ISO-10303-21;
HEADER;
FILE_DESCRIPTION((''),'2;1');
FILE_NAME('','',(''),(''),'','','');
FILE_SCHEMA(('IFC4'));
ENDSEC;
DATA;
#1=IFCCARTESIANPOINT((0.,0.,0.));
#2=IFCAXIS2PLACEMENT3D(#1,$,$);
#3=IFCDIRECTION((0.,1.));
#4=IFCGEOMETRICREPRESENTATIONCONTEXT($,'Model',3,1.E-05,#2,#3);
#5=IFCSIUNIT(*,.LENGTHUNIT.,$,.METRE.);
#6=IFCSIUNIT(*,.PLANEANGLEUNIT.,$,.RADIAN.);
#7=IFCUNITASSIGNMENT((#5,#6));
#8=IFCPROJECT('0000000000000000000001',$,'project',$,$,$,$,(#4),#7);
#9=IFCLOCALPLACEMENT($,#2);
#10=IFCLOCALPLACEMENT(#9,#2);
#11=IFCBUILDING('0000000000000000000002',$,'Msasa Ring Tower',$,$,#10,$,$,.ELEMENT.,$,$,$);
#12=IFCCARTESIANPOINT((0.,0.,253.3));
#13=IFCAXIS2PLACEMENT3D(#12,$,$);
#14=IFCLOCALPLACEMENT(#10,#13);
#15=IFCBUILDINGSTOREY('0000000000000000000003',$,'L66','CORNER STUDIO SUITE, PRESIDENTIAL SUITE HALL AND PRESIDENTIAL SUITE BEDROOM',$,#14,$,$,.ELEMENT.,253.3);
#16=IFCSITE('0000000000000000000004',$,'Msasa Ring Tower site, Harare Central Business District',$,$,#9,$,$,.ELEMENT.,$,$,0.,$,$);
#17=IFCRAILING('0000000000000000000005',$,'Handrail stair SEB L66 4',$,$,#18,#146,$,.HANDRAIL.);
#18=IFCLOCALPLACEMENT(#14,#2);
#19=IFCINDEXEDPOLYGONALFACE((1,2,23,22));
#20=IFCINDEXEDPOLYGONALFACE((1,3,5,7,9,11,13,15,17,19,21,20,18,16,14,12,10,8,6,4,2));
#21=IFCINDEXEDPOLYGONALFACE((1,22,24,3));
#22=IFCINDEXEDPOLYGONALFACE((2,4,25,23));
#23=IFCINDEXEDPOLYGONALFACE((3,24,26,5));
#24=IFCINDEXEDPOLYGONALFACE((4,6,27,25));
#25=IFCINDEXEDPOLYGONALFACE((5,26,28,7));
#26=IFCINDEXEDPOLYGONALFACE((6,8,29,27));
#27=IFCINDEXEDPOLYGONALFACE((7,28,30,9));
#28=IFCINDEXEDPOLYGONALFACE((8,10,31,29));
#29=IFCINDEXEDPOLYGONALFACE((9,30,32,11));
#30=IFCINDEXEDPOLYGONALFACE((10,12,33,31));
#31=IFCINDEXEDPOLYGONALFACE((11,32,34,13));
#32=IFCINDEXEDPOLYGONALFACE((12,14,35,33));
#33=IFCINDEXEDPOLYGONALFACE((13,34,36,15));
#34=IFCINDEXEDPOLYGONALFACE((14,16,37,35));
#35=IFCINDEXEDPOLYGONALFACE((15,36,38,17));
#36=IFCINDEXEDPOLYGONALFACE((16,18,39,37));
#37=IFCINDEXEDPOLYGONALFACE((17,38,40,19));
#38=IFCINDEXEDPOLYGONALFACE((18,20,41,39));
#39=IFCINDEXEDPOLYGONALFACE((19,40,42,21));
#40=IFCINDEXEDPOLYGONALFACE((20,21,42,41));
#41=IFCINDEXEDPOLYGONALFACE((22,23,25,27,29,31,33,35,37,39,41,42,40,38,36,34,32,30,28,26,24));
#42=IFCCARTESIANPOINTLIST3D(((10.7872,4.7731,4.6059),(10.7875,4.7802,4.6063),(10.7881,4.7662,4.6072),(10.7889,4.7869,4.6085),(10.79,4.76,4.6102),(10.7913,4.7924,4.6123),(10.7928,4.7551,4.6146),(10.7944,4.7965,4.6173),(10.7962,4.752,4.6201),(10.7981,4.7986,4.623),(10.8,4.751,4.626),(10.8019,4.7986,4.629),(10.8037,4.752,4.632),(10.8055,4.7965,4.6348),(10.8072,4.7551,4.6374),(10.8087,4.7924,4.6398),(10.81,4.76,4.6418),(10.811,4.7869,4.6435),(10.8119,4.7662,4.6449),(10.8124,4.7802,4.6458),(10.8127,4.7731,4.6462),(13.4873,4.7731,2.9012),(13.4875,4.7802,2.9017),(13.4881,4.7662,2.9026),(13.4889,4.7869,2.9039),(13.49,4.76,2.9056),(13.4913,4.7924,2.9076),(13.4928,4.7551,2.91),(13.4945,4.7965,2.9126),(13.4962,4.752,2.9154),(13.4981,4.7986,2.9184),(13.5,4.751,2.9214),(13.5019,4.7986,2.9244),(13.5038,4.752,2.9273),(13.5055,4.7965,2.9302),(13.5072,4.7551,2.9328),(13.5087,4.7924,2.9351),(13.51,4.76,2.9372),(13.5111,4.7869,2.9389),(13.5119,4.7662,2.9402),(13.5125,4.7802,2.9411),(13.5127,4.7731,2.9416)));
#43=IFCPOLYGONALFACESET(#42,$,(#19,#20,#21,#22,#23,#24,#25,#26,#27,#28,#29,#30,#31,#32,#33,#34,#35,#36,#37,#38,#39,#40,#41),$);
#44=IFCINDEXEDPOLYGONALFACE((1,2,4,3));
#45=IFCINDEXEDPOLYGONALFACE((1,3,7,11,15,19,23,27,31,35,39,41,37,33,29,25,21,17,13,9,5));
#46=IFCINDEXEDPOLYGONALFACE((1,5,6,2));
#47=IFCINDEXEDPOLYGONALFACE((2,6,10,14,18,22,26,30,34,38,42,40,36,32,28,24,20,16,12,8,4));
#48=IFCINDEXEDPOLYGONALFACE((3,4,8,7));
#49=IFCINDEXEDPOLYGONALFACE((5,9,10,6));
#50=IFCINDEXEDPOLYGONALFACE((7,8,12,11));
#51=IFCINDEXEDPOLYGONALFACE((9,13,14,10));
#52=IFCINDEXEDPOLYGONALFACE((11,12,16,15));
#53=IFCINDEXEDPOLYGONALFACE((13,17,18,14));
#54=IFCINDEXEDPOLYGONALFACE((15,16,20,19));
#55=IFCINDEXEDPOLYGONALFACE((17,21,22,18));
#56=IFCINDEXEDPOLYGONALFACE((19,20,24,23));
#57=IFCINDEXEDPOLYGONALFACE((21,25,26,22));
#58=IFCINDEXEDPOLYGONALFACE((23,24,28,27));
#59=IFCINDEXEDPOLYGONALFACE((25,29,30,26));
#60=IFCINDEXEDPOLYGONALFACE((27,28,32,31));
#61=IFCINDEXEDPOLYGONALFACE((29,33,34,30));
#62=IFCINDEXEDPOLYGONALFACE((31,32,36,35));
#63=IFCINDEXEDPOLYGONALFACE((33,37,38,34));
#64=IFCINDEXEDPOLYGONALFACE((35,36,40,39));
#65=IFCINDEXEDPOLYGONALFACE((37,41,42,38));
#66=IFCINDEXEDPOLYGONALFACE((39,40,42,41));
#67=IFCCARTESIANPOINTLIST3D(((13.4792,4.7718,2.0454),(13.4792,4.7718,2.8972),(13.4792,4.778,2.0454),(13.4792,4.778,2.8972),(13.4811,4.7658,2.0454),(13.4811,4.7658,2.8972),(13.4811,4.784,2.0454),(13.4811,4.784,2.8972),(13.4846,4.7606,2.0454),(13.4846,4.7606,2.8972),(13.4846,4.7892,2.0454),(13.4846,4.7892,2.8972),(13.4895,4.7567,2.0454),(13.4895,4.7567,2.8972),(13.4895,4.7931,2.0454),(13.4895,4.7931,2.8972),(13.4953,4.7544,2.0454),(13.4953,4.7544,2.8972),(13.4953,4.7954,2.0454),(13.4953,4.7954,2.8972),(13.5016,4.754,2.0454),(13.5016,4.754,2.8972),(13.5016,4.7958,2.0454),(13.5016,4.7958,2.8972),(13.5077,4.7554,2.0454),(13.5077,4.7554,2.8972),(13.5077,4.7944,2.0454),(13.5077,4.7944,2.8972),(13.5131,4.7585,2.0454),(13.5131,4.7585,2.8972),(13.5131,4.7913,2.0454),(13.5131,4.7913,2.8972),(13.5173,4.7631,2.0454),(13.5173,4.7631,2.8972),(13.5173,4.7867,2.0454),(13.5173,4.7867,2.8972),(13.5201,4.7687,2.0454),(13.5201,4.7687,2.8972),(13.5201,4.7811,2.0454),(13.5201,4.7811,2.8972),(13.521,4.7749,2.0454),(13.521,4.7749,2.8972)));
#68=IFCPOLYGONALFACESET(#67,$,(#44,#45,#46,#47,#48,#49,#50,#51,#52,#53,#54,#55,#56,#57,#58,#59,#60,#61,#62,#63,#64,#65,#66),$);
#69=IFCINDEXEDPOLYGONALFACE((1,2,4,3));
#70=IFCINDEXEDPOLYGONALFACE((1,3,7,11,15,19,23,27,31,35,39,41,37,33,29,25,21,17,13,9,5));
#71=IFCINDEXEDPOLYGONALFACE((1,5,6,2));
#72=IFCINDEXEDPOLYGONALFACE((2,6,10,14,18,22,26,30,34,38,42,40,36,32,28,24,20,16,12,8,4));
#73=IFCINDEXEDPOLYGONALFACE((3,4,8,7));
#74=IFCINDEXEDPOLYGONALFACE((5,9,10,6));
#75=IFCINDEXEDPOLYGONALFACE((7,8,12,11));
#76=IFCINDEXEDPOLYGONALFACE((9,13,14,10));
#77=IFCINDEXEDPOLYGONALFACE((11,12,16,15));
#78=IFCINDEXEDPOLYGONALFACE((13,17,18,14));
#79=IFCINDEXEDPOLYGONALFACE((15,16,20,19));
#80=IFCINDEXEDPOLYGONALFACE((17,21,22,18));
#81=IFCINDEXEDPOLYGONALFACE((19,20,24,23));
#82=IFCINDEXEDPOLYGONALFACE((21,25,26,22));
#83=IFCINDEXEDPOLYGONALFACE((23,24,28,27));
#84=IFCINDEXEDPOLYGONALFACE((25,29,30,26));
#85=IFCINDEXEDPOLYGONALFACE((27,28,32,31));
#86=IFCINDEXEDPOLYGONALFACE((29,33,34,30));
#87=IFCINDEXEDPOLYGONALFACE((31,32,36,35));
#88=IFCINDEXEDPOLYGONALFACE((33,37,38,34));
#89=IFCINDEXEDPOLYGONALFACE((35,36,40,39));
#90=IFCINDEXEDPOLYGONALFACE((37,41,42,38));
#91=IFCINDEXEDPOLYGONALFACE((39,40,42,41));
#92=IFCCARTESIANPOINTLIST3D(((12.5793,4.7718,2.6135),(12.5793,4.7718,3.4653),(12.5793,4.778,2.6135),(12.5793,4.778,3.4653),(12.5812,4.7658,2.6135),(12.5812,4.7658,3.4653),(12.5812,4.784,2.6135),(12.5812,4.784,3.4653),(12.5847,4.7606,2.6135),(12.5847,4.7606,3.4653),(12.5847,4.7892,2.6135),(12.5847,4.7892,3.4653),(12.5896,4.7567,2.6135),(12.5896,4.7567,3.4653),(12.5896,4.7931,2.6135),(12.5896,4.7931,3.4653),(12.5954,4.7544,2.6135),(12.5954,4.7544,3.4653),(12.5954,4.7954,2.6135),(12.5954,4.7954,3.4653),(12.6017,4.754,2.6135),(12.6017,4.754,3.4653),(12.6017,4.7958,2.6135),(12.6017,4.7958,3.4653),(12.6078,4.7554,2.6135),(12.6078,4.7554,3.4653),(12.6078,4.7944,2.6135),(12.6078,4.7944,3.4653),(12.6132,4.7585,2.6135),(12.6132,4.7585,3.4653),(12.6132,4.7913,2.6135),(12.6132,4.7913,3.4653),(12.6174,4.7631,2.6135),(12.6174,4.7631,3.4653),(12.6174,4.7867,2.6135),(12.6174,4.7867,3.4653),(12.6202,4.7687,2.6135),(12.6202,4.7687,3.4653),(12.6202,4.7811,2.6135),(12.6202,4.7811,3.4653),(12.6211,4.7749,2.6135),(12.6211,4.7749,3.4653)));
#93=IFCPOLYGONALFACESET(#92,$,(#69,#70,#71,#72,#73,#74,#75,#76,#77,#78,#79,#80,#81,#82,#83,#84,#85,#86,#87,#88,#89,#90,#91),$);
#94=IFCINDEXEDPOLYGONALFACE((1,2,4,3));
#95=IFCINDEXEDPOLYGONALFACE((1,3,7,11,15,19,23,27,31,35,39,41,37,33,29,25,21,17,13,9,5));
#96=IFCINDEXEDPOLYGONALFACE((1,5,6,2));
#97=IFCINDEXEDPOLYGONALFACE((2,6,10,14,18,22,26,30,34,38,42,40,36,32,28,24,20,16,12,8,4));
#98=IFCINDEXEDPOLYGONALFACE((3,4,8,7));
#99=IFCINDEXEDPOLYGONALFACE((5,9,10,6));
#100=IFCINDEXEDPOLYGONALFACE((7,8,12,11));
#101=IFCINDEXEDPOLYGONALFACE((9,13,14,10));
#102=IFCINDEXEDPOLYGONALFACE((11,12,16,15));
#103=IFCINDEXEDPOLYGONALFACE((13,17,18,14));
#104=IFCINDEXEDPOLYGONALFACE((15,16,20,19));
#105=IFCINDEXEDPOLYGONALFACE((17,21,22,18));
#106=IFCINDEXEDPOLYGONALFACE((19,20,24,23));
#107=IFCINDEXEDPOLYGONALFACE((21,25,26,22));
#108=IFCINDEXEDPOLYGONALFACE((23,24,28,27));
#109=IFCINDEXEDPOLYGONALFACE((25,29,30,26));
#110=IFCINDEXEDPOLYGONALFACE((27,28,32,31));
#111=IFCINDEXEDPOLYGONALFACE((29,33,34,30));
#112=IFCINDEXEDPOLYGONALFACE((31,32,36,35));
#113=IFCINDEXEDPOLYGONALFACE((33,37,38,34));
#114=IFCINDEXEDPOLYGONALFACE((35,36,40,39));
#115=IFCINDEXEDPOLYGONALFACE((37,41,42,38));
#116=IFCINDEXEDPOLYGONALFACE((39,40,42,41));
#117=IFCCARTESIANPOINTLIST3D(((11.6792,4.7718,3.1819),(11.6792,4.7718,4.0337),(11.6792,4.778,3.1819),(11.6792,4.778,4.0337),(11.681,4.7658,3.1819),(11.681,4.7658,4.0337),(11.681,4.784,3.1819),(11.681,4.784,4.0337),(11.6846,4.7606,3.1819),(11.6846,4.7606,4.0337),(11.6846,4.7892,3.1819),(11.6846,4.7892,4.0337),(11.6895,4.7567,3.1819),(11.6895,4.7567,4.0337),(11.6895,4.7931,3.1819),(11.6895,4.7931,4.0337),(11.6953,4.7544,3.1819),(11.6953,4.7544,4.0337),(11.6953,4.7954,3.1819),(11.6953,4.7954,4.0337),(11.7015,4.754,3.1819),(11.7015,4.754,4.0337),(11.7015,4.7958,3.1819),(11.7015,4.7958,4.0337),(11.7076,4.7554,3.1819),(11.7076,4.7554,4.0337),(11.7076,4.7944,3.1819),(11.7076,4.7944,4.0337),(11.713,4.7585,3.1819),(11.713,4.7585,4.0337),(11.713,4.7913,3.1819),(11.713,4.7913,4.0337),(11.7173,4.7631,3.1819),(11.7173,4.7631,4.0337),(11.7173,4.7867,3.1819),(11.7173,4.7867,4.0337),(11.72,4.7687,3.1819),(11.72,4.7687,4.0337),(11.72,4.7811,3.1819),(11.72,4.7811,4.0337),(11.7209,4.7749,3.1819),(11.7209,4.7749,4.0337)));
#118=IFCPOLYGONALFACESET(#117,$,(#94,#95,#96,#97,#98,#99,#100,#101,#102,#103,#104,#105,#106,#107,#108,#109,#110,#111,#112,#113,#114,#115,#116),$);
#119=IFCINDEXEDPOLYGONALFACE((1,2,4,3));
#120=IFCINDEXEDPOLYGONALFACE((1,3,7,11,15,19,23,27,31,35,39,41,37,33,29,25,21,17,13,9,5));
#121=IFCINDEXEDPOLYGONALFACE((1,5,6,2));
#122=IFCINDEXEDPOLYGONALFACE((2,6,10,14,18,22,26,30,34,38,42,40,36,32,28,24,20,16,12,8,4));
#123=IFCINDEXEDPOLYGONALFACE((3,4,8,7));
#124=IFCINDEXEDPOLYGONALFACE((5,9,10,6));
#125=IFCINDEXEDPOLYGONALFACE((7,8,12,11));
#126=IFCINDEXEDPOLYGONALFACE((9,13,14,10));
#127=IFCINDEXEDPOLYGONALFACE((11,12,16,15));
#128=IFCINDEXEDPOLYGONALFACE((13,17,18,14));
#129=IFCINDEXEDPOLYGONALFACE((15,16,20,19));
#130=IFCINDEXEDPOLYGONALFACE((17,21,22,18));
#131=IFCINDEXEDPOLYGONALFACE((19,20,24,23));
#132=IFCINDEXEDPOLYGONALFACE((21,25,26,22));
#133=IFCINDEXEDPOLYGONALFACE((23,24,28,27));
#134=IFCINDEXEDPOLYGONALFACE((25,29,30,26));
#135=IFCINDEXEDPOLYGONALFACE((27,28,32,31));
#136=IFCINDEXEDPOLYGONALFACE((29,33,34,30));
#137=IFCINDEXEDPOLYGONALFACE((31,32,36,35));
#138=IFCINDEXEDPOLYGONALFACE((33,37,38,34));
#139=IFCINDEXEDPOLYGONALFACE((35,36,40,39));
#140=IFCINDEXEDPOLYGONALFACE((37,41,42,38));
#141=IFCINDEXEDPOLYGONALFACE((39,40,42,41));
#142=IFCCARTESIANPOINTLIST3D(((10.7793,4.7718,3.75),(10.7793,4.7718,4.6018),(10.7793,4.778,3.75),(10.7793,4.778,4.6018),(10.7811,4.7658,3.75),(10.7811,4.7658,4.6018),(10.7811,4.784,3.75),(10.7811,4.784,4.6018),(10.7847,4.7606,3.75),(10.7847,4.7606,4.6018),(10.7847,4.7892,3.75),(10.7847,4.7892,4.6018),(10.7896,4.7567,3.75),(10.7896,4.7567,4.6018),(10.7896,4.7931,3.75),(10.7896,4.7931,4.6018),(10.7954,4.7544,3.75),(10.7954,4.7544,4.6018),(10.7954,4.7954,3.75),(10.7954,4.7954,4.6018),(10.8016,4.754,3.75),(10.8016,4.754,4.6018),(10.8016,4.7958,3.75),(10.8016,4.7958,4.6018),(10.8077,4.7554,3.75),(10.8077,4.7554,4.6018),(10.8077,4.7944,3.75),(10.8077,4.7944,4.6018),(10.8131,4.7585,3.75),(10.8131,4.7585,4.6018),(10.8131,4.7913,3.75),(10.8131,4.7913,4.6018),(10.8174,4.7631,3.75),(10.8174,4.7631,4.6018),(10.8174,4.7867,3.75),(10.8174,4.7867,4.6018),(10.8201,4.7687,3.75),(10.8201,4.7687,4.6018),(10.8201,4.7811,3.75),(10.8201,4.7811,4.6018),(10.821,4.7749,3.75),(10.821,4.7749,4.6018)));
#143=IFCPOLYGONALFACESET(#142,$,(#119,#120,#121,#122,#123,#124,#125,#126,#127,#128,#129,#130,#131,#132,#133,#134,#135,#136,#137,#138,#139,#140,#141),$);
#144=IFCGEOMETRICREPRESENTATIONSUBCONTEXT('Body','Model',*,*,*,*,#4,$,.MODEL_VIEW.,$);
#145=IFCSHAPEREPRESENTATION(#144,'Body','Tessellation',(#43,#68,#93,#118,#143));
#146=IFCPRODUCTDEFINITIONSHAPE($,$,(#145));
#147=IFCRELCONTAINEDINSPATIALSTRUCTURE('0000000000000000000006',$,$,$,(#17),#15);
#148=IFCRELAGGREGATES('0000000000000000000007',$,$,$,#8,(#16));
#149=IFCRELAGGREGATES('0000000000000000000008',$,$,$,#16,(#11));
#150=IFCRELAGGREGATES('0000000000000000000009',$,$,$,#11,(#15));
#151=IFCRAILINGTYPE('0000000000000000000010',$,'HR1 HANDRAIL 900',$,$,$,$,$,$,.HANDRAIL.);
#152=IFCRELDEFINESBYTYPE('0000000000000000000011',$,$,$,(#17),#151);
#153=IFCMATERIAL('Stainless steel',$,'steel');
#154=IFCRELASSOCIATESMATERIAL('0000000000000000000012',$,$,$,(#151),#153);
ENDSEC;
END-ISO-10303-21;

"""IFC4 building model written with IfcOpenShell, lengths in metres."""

from ifc_helpers import new_model, si_unit, direction, frame, origin, origin_2d, place, context, subcontext, project, spatial, circle, extrude, material, type_object, element, save


model = new_model("IFC4")

# Units and contexts
model_context = context("Model", 3, precision=1e-05, world=origin(), true_north=direction((0.0, 1.0)))
body_context = subcontext(model_context, "Body", "Model", "MODEL_VIEW")
ifc_project = project(units=[si_unit("LENGTHUNIT", "METRE"), si_unit("PLANEANGLEUNIT", "RADIAN")], contexts=[model_context])

# Site, building, storey
site_placement = place(None, origin())
site = spatial("IfcSite", under=ifc_project, at=site_placement, Name="Msasa Ring Tower site, Harare Central Business District", CompositionType="ELEMENT", RefElevation=0.0)
building_placement = place(site_placement, origin())
building = spatial("IfcBuilding", under=site, at=building_placement, Name="Msasa Ring Tower", CompositionType="ELEMENT")
storey_placement = place(building_placement, frame((0.0, 0.0, 253.3)))
storey = spatial("IfcBuildingStorey", under=building, at=storey_placement, Name="L66", Description="CORNER STUDIO SUITE, PRESIDENTIAL SUITE HALL AND PRESIDENTIAL SUITE BEDROOM", CompositionType="ELEMENT", Elevation=253.3)

# Railing
ifc_material_1 = material(Name="Stainless steel", Category="steel")
railing_type = type_object("IfcRailingType", Name="HR1 HANDRAIL 900", PredefinedType="HANDRAIL", material=ifc_material_1)
for number, where, name in (
    (1, (13.5, 4.7749, 2.0454), "Handrail stair SEB L66 4"),
):
    element("IfcRailing", number, at=place(storey_placement, frame(where)), inside=storey, type_object=railing_type, Name=name, PredefinedType="HANDRAIL", context=body_context, shape_type="SweptSolid", body=[
        extrude(circle(Radius=0.0239, at=origin_2d()), frame((0.0, 0.0, 0.876), z_axis=(-0.84558, 0.0, 0.533849), x_axis=(0.0, -1.0, 0.0)), (0.0, 0.0, 1.0), 3.1931),
        extrude(circle(Radius=0.021, at=origin_2d()), origin(), (0.0, 0.0, 1.0), 0.8518),
        extrude(circle(Radius=0.021, at=origin_2d()), frame((-0.8999, 0.0, 0.5681)), (0.0, 0.0, 1.0), 0.8518),
        extrude(circle(Radius=0.021, at=origin_2d()), frame((-1.8, 0.0, 1.1365)), (0.0, 0.0, 1.0), 0.8518),
        extrude(circle(Radius=0.021, at=origin_2d()), frame((-2.7, 0.0, 1.7046)), (0.0, 0.0, 1.0), 0.8518),
    ])

save(model, "model.ifc")
